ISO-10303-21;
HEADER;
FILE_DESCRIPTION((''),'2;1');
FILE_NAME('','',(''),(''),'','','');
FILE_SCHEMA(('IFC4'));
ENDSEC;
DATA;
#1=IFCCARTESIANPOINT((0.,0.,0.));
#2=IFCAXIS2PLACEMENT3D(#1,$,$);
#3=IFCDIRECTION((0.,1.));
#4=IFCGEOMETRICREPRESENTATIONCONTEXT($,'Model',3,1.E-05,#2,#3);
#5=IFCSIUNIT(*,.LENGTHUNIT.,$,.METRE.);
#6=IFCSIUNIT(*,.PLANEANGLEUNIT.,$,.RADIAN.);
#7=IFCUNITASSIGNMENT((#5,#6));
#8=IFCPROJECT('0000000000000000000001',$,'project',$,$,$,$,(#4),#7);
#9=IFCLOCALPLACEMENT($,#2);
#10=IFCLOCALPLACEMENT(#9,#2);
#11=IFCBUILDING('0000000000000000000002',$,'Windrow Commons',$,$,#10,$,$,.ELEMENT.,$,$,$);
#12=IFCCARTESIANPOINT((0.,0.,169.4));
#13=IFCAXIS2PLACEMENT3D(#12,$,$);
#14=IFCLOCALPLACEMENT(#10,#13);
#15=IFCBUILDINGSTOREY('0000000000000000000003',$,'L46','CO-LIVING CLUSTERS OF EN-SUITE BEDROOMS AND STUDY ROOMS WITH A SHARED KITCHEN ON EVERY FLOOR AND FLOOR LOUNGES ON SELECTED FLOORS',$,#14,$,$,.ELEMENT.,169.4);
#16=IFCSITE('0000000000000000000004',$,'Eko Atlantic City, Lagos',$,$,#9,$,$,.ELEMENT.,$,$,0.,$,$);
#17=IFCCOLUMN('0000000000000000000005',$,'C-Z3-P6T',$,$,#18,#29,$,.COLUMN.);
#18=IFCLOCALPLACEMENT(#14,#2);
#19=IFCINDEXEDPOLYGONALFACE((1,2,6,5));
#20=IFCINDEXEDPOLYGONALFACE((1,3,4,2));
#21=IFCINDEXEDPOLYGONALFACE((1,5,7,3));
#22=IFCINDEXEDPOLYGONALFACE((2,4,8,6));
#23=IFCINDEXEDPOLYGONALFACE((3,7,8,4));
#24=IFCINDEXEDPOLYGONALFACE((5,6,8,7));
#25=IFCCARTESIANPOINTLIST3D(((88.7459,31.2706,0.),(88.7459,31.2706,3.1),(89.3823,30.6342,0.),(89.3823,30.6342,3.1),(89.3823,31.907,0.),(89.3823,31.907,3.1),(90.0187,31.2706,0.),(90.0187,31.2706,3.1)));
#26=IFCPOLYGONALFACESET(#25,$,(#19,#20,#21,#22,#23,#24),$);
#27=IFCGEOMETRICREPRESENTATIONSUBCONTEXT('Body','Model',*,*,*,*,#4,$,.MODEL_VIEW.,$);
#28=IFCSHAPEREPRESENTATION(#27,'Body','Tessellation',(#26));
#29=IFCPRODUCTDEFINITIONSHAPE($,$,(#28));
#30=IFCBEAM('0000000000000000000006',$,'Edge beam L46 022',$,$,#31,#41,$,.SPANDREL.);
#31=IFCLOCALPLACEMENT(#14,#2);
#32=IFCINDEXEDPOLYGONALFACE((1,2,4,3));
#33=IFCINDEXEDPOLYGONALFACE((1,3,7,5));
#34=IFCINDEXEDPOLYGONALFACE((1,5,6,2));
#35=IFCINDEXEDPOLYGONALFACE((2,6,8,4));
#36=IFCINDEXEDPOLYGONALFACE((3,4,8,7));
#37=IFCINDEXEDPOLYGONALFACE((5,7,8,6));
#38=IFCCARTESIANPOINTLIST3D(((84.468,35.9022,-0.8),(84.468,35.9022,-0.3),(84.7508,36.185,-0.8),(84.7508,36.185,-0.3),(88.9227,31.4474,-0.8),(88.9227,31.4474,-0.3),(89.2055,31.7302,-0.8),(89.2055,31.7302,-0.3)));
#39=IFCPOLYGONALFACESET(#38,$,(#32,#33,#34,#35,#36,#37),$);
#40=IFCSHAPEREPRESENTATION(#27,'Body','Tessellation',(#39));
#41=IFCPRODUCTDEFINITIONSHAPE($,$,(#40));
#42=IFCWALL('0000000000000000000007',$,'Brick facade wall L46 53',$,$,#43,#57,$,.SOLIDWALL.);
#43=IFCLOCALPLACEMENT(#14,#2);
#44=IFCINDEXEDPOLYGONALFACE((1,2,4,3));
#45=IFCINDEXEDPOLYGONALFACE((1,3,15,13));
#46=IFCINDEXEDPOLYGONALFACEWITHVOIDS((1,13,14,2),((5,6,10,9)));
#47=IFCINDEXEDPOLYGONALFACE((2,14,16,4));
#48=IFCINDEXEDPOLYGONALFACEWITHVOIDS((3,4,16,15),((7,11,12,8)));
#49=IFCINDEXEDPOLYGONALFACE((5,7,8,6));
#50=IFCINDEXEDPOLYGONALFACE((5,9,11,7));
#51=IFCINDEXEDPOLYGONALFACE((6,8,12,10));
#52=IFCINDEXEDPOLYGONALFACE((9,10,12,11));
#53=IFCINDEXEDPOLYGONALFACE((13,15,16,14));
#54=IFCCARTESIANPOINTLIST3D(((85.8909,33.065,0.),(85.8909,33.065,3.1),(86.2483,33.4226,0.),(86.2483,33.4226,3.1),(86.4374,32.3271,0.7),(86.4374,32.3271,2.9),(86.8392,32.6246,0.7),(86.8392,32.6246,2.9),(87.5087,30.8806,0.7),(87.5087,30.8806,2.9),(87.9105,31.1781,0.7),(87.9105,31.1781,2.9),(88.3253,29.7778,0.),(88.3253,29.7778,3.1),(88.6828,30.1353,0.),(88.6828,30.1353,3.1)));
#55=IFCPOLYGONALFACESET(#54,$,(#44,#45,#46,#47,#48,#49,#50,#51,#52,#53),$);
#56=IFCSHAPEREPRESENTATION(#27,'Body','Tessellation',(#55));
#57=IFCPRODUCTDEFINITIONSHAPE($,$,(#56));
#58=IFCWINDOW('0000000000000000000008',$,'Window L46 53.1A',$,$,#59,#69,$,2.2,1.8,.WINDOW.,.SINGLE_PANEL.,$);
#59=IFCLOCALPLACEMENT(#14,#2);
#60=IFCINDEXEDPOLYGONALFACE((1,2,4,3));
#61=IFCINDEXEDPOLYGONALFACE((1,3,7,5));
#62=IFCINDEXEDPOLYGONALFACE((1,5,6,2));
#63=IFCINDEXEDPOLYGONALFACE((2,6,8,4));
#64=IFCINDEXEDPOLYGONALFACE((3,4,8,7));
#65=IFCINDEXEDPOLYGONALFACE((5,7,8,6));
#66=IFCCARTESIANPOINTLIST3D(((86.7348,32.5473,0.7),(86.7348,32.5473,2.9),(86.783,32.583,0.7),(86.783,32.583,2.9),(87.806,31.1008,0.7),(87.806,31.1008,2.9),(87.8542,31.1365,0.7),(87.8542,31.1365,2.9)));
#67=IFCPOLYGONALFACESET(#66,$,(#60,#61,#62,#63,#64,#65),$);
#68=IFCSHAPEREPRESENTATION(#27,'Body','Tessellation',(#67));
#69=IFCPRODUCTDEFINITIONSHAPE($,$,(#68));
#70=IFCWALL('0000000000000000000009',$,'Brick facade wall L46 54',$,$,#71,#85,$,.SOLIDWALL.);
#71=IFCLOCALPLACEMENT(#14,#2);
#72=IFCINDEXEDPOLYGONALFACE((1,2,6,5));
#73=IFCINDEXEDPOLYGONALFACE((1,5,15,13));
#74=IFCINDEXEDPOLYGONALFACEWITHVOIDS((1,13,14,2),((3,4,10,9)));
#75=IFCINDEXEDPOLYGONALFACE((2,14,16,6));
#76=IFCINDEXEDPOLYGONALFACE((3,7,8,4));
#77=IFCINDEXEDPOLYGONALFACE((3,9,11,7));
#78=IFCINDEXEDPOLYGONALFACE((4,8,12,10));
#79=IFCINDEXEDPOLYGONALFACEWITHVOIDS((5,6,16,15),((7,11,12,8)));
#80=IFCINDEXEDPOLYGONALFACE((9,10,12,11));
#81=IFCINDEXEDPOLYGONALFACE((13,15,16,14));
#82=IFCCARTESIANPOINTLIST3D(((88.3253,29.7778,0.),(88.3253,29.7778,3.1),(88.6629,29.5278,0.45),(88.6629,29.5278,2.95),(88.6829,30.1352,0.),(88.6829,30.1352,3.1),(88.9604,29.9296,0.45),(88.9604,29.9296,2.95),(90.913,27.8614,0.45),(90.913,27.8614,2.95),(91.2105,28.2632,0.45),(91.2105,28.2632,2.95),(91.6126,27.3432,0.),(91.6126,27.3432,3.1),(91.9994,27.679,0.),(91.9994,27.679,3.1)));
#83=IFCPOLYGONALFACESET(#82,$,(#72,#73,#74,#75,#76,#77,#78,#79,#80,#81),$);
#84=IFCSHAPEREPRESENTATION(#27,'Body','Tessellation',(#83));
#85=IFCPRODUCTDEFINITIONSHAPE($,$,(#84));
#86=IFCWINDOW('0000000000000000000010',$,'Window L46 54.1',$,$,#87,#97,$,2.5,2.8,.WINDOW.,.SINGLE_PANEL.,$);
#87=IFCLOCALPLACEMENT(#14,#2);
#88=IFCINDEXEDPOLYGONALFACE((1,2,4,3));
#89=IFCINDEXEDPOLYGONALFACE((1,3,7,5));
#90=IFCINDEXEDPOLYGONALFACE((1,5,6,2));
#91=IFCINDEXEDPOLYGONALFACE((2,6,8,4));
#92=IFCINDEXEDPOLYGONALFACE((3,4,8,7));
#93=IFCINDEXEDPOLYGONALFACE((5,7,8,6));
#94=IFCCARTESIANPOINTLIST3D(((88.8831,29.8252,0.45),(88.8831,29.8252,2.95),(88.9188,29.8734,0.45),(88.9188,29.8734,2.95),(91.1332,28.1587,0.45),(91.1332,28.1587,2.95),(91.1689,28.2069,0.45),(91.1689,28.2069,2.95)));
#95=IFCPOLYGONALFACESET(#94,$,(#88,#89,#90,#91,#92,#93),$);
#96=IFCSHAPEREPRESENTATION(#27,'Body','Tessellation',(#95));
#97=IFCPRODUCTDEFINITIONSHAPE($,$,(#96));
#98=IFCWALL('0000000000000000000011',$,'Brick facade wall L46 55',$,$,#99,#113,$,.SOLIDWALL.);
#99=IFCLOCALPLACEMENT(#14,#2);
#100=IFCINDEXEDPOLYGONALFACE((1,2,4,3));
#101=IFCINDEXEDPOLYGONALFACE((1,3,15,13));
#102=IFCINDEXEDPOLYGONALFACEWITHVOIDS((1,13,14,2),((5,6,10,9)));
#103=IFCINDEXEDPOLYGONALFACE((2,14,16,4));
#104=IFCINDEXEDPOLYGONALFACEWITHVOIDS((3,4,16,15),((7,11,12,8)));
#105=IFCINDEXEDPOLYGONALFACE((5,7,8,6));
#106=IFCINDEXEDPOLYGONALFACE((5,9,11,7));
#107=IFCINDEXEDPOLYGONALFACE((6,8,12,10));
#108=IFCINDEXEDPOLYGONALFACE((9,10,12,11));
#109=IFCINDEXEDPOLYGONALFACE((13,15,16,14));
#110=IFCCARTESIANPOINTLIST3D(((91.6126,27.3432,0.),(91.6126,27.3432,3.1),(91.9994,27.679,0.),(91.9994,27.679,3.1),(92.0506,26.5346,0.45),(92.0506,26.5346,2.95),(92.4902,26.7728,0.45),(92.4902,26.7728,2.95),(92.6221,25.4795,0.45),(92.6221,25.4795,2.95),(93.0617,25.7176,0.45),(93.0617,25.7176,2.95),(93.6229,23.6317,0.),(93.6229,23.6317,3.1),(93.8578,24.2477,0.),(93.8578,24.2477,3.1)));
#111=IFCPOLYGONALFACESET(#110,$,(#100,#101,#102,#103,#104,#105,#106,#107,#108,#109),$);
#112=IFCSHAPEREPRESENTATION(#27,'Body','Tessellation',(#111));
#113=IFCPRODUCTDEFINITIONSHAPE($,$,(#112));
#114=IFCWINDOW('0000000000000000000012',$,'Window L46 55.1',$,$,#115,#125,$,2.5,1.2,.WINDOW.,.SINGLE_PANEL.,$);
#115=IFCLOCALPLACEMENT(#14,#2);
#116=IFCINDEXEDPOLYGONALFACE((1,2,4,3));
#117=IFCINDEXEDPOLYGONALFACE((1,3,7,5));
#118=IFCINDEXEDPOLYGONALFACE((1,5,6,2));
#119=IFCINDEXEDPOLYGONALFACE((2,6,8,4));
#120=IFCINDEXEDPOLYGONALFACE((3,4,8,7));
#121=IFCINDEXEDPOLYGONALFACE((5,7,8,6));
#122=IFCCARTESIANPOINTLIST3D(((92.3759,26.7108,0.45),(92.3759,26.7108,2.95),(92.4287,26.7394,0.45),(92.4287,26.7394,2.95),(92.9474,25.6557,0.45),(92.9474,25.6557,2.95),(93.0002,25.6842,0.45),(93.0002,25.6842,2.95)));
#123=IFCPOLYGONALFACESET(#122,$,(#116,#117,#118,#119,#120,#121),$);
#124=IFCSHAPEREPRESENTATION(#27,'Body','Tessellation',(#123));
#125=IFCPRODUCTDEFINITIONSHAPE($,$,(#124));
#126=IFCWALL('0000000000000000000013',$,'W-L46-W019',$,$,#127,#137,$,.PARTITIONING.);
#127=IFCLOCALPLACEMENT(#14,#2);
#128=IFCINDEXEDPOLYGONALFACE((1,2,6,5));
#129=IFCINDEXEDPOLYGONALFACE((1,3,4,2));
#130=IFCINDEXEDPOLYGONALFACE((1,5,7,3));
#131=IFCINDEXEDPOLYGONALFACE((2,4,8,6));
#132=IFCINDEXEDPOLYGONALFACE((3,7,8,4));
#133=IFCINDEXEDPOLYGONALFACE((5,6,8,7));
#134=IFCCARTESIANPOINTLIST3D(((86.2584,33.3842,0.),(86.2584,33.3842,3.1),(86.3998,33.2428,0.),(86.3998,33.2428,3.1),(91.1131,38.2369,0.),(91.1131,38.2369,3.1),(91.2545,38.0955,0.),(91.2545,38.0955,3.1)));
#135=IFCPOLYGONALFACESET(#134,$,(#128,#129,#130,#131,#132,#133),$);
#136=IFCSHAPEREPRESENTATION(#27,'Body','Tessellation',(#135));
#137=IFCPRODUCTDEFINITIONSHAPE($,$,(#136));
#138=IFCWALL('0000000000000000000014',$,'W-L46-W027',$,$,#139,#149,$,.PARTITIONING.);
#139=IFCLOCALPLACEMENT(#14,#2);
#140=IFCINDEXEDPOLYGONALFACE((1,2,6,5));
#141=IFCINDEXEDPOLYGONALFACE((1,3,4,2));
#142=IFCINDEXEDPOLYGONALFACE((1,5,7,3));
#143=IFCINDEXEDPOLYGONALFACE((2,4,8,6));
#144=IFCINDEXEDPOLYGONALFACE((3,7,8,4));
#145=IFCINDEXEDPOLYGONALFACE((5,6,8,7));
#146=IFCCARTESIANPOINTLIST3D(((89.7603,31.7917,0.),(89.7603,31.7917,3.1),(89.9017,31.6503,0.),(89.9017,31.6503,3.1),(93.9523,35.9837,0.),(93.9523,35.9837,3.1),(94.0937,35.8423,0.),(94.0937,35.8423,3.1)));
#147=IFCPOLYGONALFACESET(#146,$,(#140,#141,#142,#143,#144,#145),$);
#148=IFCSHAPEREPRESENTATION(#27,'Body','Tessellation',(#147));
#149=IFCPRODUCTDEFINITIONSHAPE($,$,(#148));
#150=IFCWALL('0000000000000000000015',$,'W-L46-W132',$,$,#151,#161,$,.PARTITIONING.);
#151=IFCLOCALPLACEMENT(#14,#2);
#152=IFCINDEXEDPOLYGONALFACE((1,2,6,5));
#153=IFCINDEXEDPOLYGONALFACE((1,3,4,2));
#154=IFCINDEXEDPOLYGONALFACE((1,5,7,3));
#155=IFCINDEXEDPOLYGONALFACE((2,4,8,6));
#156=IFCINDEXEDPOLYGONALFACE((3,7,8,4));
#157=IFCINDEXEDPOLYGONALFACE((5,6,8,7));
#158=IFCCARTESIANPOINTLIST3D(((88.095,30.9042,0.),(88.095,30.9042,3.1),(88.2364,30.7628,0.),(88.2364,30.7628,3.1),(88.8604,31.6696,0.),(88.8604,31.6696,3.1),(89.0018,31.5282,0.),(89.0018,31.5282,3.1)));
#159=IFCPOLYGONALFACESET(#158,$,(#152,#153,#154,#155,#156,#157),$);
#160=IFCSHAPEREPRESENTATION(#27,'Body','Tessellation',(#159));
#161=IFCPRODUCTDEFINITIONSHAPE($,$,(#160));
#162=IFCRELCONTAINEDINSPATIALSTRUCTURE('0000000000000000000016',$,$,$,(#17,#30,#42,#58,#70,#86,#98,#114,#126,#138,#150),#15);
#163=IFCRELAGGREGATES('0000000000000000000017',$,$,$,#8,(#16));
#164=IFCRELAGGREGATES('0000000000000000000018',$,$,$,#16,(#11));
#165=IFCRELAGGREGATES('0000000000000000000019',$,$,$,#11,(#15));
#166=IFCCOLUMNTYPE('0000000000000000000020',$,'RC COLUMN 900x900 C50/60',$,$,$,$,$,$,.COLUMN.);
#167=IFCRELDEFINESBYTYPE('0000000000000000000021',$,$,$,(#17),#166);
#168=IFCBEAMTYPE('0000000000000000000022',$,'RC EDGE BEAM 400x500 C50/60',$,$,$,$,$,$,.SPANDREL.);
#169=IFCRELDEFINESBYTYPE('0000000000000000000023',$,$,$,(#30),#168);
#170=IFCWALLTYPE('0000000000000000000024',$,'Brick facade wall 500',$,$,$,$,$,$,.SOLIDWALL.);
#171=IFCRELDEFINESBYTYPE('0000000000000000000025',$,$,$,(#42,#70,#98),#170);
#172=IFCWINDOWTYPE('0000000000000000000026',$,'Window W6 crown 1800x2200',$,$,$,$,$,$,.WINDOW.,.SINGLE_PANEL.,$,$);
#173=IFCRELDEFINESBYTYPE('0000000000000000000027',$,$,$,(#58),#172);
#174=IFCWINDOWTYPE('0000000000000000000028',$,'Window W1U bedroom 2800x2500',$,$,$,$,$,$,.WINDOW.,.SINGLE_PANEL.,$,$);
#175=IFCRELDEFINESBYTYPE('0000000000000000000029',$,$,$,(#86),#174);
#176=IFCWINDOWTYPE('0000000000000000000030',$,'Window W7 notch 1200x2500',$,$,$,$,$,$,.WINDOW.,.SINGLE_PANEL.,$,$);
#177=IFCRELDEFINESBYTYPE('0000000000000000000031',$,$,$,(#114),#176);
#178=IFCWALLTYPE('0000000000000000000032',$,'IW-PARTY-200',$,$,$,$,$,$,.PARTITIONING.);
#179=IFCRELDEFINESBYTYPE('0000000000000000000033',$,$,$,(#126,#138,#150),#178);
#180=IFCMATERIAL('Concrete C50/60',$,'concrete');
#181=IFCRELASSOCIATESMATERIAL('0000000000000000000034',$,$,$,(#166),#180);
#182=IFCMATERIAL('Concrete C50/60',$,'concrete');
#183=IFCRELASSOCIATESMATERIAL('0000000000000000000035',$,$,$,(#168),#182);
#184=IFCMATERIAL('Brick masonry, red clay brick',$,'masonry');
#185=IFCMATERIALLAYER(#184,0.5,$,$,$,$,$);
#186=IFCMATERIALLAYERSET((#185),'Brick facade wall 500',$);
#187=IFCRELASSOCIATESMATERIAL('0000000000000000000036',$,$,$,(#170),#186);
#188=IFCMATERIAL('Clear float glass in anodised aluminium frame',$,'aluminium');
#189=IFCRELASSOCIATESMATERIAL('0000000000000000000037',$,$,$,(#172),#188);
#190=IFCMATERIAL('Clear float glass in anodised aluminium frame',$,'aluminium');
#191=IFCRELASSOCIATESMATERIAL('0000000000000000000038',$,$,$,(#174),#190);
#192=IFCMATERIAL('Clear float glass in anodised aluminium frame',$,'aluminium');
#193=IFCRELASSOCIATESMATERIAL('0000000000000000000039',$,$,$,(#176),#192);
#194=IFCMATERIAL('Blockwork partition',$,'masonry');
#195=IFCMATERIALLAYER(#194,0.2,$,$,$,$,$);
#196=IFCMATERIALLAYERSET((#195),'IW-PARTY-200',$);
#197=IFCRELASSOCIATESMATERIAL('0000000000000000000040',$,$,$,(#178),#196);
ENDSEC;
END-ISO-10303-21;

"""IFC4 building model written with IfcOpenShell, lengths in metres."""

from ifc_helpers import new_model, si_unit, direction, frame, frame_2d, origin, origin_2d, place, context, subcontext, project, spatial, polyline, rectangle, outline, extrude, material, layer, layer_set, material_profile, profile_set, type_object, element, fill, save


model = new_model("IFC4")

# Units and contexts
model_context = context("Model", 3, precision=1e-05, world=origin(), true_north=direction((0.0, 1.0)))
body_context = subcontext(model_context, "Body", "Model", "MODEL_VIEW")
ifc_project = project(units=[si_unit("LENGTHUNIT", "METRE"), si_unit("PLANEANGLEUNIT", "RADIAN")], contexts=[model_context])

# Site, building, storey
site_placement = place(None, origin())
site = spatial("IfcSite", under=ifc_project, at=site_placement, Name="Eko Atlantic City, Lagos", CompositionType="ELEMENT", RefElevation=0.0)
building_placement = place(site_placement, origin())
building = spatial("IfcBuilding", under=site, at=building_placement, Name="Windrow Commons", CompositionType="ELEMENT")
storey_placement = place(building_placement, frame((0.0, 0.0, 169.4)))
storey = spatial("IfcBuildingStorey", under=building, at=storey_placement, Name="L46", Description="CO-LIVING CLUSTERS OF EN-SUITE BEDROOMS AND STUDY ROOMS WITH A SHARED KITCHEN ON EVERY FLOOR AND FLOOR LOUNGES ON SELECTED FLOORS", CompositionType="ELEMENT", Elevation=169.4)

# Column
ifc_material_1 = material(Name="Concrete C50/60", Category="concrete")
ifc_material_profile_1 = material_profile(ifc_material_1, rectangle(XDim=0.9, YDim=0.9, at=origin_2d()))
ifc_profile_set_1 = profile_set([ifc_material_profile_1], Name="Concrete C50/60")
column_type = type_object("IfcColumnType", Name="RC COLUMN 900x900 C50/60", PredefinedType="COLUMN", material=ifc_profile_set_1)
column_placement = place(storey_placement, frame((89.3823, 31.2706, 0.0), z_axis=(0.0, 0.0, 1.0), x_axis=(0.707107, -0.707107, 0.0)))
element("IfcColumn", 1, at=column_placement, inside=storey, type_object=column_type, Name="C-Z3-P6T", PredefinedType="COLUMN", context=body_context, shape_type="SweptSolid", body=[
    extrude(rectangle(XDim=0.9, YDim=0.9, at=origin_2d()), origin(), (0.0, 0.0, 1.0), 3.1),
])

# Beam
ifc_material_2 = material(Name="Concrete C50/60", Category="concrete")
ifc_material_profile_2 = material_profile(ifc_material_2, rectangle(XDim=0.4, YDim=0.5, at=origin_2d()))
ifc_profile_set_2 = profile_set([ifc_material_profile_2], Name="Concrete C50/60")
beam_type = type_object("IfcBeamType", Name="RC EDGE BEAM 400x500 C50/60", PredefinedType="SPANDREL", material=ifc_profile_set_2)
beam_placement = place(storey_placement, frame((89.0641, 31.5888, -0.55), z_axis=(-0.707099, 0.707115, 0.0), x_axis=(-0.707115, -0.707099, 0.0)))
element("IfcBeam", 2, at=beam_placement, inside=storey, type_object=beam_type, Name="Edge beam L46 022", PredefinedType="SPANDREL", context=body_context, shape_type="SweptSolid", body=[
    extrude(rectangle(XDim=0.4, YDim=0.5, at=origin_2d()), origin(), (0.0, 0.0, 1.0), 6.3),
])

# Walls, openings, windows
ifc_material_3 = material(Name="Brick masonry, red clay brick", Category="masonry")
ifc_layer_1 = layer(ifc_material_3, 0.5)
ifc_layer_set_1 = layer_set([ifc_layer_1], Name="Brick facade wall 500")
wall_type_1 = type_object("IfcWallType", Name="Brick facade wall 500", PredefinedType="SOLIDWALL", material=ifc_layer_set_1)
wall_1_placement = place(storey_placement, frame((86.0696, 33.2438, 0.0), z_axis=(0.0, 0.0, 1.0), x_axis=(0.595143, -0.80362, 0.0)))
wall_1 = element("IfcWall", 3, at=wall_1_placement, inside=storey, type_object=wall_type_1, Name="Brick facade wall L46 53", PredefinedType="SOLIDWALL", context=body_context, shape_type="SweptSolid", body=[
    extrude(outline(polyline([(0.0373, -0.25), (4.1278, -0.25), (4.0533, 0.25), (-0.0373, 0.25), (0.0373, -0.25)])), origin(), (0.0, 0.0, 1.0), 3.1),
])
opening_1_placement = place(wall_1_placement, frame((0.9556, 0.0, 0.7)))
opening_1 = element("IfcOpeningElement", 4, at=opening_1_placement, cuts=wall_1, PredefinedType="OPENING", context=body_context, shape_type="SweptSolid", body=[
    extrude(rectangle(XDim=1.8, YDim=2.2, at=frame_2d((0.9, 1.1))), frame((0.0, 0.26, 0.0), z_axis=(0.0, -1.0, 0.0), x_axis=(1.0, 0.0, 0.0)), (0.0, 0.0, 1.0), 0.52),
])
ifc_material_4 = material(Name="Clear float glass in anodised aluminium frame", Category="aluminium")
window_type_1 = type_object("IfcWindowType", Name="Window W6 crown 1800x2200", PartitioningType="SINGLE_PANEL", PredefinedType="WINDOW", material=ifc_material_4)
window_1_placement = place(opening_1_placement, origin())
window_1 = element("IfcWindow", 5, at=window_1_placement, inside=storey, type_object=window_type_1, Name="Window L46 53.1A", OverallHeight=2.2, OverallWidth=1.8, PartitioningType="SINGLE_PANEL", PredefinedType="WINDOW", context=body_context, shape_type="SweptSolid", body=[
    extrude(rectangle(XDim=1.8, YDim=2.2, at=frame_2d((0.9, 1.1))), frame((0.0, 0.18, 0.0), z_axis=(0.0, -1.0, 0.0), x_axis=(1.0, 0.0, 0.0)), (0.0, 0.0, 1.0), 0.06),
])
fill(opening_1, window_1)
wall_2_placement = place(storey_placement, frame((88.5041, 29.9565, 0.0), z_axis=(0.0, 0.0, 1.0), x_axis=(0.80361, -0.595157, 0.0)))
wall_2 = element("IfcWall", 6, at=wall_2_placement, inside=storey, type_object=wall_type_1, Name="Brick facade wall L46 54", PredefinedType="SOLIDWALL", context=body_context, shape_type="SweptSolid", body=[
    extrude(outline(polyline([(-0.0373, -0.25), (4.0533, -0.25), (4.1643, 0.25), (0.0373, 0.25), (-0.0373, -0.25)])), origin(), (0.0, 0.0, 1.0), 3.1),
])
opening_2_placement = place(wall_2_placement, frame((0.3827, 0.0, 0.45)))
opening_2 = element("IfcOpeningElement", 7, at=opening_2_placement, cuts=wall_2, PredefinedType="OPENING", context=body_context, shape_type="SweptSolid", body=[
    extrude(rectangle(XDim=2.8, YDim=2.5, at=frame_2d((1.4, 1.25))), frame((0.0, 0.26, 0.0), z_axis=(0.0, -1.0, 0.0), x_axis=(1.0, 0.0, 0.0)), (0.0, 0.0, 1.0), 0.52),
])
ifc_material_5 = material(Name="Clear float glass in anodised aluminium frame", Category="aluminium")
window_type_2 = type_object("IfcWindowType", Name="Window W1U bedroom 2800x2500", PartitioningType="SINGLE_PANEL", PredefinedType="WINDOW", material=ifc_material_5)
window_2_placement = place(opening_2_placement, origin())
window_2 = element("IfcWindow", 8, at=window_2_placement, inside=storey, type_object=window_type_2, Name="Window L46 54.1", OverallHeight=2.5, OverallWidth=2.8, PartitioningType="SINGLE_PANEL", PredefinedType="WINDOW", context=body_context, shape_type="SweptSolid", body=[
    extrude(rectangle(XDim=2.8, YDim=2.5, at=frame_2d((1.4, 1.25))), frame((0.0, 0.18, 0.0), z_axis=(0.0, -1.0, 0.0), x_axis=(1.0, 0.0, 0.0)), (0.0, 0.0, 1.0), 0.06),
])
fill(opening_2, window_2)
wall_3_placement = place(storey_placement, frame((91.806, 27.5111, 0.0), z_axis=(0.0, 0.0, 1.0), x_axis=(0.476254, -0.879308, 0.0)))
wall_3 = element("IfcWall", 9, at=wall_3_placement, inside=storey, type_object=wall_type_1, Name="Brick facade wall L46 55", PredefinedType="SOLIDWALL", context=body_context, shape_type="SweptSolid", body=[
    extrude(outline(polyline([(0.0555, -0.25), (4.2765, -0.25), (3.8467, 0.25), (-0.0555, 0.25), (0.0555, -0.25)])), origin(), (0.0, 0.0, 1.0), 3.1),
])
opening_3_placement = place(wall_3_placement, frame((0.9751, 0.0, 0.45)))
opening_3 = element("IfcOpeningElement", 10, at=opening_3_placement, cuts=wall_3, PredefinedType="OPENING", context=body_context, shape_type="SweptSolid", body=[
    extrude(rectangle(XDim=1.2, YDim=2.5, at=frame_2d((0.6, 1.25))), frame((0.0, 0.26, 0.0), z_axis=(0.0, -1.0, 0.0), x_axis=(1.0, 0.0, 0.0)), (0.0, 0.0, 1.0), 0.52),
])
ifc_material_6 = material(Name="Clear float glass in anodised aluminium frame", Category="aluminium")
window_type_3 = type_object("IfcWindowType", Name="Window W7 notch 1200x2500", PartitioningType="SINGLE_PANEL", PredefinedType="WINDOW", material=ifc_material_6)
window_3_placement = place(opening_3_placement, origin())
window_3 = element("IfcWindow", 11, at=window_3_placement, inside=storey, type_object=window_type_3, Name="Window L46 55.1", OverallHeight=2.5, OverallWidth=1.2, PartitioningType="SINGLE_PANEL", PredefinedType="WINDOW", context=body_context, shape_type="SweptSolid", body=[
    extrude(rectangle(XDim=1.2, YDim=2.5, at=frame_2d((0.6, 1.25))), frame((0.0, 0.18, 0.0), z_axis=(0.0, -1.0, 0.0), x_axis=(1.0, 0.0, 0.0)), (0.0, 0.0, 1.0), 0.06),
])
fill(opening_3, window_3)

# Walls
ifc_material_7 = material(Name="Blockwork partition", Category="masonry")
ifc_layer_2 = layer(ifc_material_7, 0.2)
ifc_layer_set_2 = layer_set([ifc_layer_2], Name="IW-PARTY-200")
wall_type_2 = type_object("IfcWallType", Name="IW-PARTY-200", PredefinedType="PARTITIONING", material=ifc_layer_set_2)
wall_4_placement = place(storey_placement, frame((86.3291, 33.3135, 0.0), z_axis=(0.0, 0.0, 1.0), x_axis=(0.707252, 0.706961, 0.0)))
element("IfcWall", 12, at=wall_4_placement, inside=storey, type_object=wall_type_2, Name="W-L46-W019", PredefinedType="PARTITIONING", context=body_context, shape_type="SweptSolid", body=[
    extrude(rectangle(XDim=6.8642, YDim=0.2, at=frame_2d((3.4321, 0.0))), origin(), (0.0, 0.0, 1.0), 3.1),
])
wall_5_placement = place(storey_placement, frame((89.831, 31.721, 0.0), z_axis=(0.0, 0.0, 1.0), x_axis=(0.707107, 0.707107, 0.0)))
element("IfcWall", 13, at=wall_5_placement, inside=storey, type_object=wall_type_2, Name="W-L46-W027", PredefinedType="PARTITIONING", context=body_context, shape_type="SweptSolid", body=[
    extrude(rectangle(XDim=5.9284, YDim=0.2, at=frame_2d((2.9642, 0.0))), origin(), (0.0, 0.0, 1.0), 3.1),
])
wall_6_placement = place(storey_placement, frame((88.1657, 30.8335, 0.0), z_axis=(0.0, 0.0, 1.0), x_axis=(0.707107, 0.707107, 0.0)))
element("IfcWall", 14, at=wall_6_placement, inside=storey, type_object=wall_type_2, Name="W-L46-W132", PredefinedType="PARTITIONING", context=body_context, shape_type="SweptSolid", body=[
    extrude(rectangle(XDim=1.0824, YDim=0.2, at=frame_2d((0.5412, 0.0))), origin(), (0.0, 0.0, 1.0), 3.1),
])

save(model, "model.ifc")
